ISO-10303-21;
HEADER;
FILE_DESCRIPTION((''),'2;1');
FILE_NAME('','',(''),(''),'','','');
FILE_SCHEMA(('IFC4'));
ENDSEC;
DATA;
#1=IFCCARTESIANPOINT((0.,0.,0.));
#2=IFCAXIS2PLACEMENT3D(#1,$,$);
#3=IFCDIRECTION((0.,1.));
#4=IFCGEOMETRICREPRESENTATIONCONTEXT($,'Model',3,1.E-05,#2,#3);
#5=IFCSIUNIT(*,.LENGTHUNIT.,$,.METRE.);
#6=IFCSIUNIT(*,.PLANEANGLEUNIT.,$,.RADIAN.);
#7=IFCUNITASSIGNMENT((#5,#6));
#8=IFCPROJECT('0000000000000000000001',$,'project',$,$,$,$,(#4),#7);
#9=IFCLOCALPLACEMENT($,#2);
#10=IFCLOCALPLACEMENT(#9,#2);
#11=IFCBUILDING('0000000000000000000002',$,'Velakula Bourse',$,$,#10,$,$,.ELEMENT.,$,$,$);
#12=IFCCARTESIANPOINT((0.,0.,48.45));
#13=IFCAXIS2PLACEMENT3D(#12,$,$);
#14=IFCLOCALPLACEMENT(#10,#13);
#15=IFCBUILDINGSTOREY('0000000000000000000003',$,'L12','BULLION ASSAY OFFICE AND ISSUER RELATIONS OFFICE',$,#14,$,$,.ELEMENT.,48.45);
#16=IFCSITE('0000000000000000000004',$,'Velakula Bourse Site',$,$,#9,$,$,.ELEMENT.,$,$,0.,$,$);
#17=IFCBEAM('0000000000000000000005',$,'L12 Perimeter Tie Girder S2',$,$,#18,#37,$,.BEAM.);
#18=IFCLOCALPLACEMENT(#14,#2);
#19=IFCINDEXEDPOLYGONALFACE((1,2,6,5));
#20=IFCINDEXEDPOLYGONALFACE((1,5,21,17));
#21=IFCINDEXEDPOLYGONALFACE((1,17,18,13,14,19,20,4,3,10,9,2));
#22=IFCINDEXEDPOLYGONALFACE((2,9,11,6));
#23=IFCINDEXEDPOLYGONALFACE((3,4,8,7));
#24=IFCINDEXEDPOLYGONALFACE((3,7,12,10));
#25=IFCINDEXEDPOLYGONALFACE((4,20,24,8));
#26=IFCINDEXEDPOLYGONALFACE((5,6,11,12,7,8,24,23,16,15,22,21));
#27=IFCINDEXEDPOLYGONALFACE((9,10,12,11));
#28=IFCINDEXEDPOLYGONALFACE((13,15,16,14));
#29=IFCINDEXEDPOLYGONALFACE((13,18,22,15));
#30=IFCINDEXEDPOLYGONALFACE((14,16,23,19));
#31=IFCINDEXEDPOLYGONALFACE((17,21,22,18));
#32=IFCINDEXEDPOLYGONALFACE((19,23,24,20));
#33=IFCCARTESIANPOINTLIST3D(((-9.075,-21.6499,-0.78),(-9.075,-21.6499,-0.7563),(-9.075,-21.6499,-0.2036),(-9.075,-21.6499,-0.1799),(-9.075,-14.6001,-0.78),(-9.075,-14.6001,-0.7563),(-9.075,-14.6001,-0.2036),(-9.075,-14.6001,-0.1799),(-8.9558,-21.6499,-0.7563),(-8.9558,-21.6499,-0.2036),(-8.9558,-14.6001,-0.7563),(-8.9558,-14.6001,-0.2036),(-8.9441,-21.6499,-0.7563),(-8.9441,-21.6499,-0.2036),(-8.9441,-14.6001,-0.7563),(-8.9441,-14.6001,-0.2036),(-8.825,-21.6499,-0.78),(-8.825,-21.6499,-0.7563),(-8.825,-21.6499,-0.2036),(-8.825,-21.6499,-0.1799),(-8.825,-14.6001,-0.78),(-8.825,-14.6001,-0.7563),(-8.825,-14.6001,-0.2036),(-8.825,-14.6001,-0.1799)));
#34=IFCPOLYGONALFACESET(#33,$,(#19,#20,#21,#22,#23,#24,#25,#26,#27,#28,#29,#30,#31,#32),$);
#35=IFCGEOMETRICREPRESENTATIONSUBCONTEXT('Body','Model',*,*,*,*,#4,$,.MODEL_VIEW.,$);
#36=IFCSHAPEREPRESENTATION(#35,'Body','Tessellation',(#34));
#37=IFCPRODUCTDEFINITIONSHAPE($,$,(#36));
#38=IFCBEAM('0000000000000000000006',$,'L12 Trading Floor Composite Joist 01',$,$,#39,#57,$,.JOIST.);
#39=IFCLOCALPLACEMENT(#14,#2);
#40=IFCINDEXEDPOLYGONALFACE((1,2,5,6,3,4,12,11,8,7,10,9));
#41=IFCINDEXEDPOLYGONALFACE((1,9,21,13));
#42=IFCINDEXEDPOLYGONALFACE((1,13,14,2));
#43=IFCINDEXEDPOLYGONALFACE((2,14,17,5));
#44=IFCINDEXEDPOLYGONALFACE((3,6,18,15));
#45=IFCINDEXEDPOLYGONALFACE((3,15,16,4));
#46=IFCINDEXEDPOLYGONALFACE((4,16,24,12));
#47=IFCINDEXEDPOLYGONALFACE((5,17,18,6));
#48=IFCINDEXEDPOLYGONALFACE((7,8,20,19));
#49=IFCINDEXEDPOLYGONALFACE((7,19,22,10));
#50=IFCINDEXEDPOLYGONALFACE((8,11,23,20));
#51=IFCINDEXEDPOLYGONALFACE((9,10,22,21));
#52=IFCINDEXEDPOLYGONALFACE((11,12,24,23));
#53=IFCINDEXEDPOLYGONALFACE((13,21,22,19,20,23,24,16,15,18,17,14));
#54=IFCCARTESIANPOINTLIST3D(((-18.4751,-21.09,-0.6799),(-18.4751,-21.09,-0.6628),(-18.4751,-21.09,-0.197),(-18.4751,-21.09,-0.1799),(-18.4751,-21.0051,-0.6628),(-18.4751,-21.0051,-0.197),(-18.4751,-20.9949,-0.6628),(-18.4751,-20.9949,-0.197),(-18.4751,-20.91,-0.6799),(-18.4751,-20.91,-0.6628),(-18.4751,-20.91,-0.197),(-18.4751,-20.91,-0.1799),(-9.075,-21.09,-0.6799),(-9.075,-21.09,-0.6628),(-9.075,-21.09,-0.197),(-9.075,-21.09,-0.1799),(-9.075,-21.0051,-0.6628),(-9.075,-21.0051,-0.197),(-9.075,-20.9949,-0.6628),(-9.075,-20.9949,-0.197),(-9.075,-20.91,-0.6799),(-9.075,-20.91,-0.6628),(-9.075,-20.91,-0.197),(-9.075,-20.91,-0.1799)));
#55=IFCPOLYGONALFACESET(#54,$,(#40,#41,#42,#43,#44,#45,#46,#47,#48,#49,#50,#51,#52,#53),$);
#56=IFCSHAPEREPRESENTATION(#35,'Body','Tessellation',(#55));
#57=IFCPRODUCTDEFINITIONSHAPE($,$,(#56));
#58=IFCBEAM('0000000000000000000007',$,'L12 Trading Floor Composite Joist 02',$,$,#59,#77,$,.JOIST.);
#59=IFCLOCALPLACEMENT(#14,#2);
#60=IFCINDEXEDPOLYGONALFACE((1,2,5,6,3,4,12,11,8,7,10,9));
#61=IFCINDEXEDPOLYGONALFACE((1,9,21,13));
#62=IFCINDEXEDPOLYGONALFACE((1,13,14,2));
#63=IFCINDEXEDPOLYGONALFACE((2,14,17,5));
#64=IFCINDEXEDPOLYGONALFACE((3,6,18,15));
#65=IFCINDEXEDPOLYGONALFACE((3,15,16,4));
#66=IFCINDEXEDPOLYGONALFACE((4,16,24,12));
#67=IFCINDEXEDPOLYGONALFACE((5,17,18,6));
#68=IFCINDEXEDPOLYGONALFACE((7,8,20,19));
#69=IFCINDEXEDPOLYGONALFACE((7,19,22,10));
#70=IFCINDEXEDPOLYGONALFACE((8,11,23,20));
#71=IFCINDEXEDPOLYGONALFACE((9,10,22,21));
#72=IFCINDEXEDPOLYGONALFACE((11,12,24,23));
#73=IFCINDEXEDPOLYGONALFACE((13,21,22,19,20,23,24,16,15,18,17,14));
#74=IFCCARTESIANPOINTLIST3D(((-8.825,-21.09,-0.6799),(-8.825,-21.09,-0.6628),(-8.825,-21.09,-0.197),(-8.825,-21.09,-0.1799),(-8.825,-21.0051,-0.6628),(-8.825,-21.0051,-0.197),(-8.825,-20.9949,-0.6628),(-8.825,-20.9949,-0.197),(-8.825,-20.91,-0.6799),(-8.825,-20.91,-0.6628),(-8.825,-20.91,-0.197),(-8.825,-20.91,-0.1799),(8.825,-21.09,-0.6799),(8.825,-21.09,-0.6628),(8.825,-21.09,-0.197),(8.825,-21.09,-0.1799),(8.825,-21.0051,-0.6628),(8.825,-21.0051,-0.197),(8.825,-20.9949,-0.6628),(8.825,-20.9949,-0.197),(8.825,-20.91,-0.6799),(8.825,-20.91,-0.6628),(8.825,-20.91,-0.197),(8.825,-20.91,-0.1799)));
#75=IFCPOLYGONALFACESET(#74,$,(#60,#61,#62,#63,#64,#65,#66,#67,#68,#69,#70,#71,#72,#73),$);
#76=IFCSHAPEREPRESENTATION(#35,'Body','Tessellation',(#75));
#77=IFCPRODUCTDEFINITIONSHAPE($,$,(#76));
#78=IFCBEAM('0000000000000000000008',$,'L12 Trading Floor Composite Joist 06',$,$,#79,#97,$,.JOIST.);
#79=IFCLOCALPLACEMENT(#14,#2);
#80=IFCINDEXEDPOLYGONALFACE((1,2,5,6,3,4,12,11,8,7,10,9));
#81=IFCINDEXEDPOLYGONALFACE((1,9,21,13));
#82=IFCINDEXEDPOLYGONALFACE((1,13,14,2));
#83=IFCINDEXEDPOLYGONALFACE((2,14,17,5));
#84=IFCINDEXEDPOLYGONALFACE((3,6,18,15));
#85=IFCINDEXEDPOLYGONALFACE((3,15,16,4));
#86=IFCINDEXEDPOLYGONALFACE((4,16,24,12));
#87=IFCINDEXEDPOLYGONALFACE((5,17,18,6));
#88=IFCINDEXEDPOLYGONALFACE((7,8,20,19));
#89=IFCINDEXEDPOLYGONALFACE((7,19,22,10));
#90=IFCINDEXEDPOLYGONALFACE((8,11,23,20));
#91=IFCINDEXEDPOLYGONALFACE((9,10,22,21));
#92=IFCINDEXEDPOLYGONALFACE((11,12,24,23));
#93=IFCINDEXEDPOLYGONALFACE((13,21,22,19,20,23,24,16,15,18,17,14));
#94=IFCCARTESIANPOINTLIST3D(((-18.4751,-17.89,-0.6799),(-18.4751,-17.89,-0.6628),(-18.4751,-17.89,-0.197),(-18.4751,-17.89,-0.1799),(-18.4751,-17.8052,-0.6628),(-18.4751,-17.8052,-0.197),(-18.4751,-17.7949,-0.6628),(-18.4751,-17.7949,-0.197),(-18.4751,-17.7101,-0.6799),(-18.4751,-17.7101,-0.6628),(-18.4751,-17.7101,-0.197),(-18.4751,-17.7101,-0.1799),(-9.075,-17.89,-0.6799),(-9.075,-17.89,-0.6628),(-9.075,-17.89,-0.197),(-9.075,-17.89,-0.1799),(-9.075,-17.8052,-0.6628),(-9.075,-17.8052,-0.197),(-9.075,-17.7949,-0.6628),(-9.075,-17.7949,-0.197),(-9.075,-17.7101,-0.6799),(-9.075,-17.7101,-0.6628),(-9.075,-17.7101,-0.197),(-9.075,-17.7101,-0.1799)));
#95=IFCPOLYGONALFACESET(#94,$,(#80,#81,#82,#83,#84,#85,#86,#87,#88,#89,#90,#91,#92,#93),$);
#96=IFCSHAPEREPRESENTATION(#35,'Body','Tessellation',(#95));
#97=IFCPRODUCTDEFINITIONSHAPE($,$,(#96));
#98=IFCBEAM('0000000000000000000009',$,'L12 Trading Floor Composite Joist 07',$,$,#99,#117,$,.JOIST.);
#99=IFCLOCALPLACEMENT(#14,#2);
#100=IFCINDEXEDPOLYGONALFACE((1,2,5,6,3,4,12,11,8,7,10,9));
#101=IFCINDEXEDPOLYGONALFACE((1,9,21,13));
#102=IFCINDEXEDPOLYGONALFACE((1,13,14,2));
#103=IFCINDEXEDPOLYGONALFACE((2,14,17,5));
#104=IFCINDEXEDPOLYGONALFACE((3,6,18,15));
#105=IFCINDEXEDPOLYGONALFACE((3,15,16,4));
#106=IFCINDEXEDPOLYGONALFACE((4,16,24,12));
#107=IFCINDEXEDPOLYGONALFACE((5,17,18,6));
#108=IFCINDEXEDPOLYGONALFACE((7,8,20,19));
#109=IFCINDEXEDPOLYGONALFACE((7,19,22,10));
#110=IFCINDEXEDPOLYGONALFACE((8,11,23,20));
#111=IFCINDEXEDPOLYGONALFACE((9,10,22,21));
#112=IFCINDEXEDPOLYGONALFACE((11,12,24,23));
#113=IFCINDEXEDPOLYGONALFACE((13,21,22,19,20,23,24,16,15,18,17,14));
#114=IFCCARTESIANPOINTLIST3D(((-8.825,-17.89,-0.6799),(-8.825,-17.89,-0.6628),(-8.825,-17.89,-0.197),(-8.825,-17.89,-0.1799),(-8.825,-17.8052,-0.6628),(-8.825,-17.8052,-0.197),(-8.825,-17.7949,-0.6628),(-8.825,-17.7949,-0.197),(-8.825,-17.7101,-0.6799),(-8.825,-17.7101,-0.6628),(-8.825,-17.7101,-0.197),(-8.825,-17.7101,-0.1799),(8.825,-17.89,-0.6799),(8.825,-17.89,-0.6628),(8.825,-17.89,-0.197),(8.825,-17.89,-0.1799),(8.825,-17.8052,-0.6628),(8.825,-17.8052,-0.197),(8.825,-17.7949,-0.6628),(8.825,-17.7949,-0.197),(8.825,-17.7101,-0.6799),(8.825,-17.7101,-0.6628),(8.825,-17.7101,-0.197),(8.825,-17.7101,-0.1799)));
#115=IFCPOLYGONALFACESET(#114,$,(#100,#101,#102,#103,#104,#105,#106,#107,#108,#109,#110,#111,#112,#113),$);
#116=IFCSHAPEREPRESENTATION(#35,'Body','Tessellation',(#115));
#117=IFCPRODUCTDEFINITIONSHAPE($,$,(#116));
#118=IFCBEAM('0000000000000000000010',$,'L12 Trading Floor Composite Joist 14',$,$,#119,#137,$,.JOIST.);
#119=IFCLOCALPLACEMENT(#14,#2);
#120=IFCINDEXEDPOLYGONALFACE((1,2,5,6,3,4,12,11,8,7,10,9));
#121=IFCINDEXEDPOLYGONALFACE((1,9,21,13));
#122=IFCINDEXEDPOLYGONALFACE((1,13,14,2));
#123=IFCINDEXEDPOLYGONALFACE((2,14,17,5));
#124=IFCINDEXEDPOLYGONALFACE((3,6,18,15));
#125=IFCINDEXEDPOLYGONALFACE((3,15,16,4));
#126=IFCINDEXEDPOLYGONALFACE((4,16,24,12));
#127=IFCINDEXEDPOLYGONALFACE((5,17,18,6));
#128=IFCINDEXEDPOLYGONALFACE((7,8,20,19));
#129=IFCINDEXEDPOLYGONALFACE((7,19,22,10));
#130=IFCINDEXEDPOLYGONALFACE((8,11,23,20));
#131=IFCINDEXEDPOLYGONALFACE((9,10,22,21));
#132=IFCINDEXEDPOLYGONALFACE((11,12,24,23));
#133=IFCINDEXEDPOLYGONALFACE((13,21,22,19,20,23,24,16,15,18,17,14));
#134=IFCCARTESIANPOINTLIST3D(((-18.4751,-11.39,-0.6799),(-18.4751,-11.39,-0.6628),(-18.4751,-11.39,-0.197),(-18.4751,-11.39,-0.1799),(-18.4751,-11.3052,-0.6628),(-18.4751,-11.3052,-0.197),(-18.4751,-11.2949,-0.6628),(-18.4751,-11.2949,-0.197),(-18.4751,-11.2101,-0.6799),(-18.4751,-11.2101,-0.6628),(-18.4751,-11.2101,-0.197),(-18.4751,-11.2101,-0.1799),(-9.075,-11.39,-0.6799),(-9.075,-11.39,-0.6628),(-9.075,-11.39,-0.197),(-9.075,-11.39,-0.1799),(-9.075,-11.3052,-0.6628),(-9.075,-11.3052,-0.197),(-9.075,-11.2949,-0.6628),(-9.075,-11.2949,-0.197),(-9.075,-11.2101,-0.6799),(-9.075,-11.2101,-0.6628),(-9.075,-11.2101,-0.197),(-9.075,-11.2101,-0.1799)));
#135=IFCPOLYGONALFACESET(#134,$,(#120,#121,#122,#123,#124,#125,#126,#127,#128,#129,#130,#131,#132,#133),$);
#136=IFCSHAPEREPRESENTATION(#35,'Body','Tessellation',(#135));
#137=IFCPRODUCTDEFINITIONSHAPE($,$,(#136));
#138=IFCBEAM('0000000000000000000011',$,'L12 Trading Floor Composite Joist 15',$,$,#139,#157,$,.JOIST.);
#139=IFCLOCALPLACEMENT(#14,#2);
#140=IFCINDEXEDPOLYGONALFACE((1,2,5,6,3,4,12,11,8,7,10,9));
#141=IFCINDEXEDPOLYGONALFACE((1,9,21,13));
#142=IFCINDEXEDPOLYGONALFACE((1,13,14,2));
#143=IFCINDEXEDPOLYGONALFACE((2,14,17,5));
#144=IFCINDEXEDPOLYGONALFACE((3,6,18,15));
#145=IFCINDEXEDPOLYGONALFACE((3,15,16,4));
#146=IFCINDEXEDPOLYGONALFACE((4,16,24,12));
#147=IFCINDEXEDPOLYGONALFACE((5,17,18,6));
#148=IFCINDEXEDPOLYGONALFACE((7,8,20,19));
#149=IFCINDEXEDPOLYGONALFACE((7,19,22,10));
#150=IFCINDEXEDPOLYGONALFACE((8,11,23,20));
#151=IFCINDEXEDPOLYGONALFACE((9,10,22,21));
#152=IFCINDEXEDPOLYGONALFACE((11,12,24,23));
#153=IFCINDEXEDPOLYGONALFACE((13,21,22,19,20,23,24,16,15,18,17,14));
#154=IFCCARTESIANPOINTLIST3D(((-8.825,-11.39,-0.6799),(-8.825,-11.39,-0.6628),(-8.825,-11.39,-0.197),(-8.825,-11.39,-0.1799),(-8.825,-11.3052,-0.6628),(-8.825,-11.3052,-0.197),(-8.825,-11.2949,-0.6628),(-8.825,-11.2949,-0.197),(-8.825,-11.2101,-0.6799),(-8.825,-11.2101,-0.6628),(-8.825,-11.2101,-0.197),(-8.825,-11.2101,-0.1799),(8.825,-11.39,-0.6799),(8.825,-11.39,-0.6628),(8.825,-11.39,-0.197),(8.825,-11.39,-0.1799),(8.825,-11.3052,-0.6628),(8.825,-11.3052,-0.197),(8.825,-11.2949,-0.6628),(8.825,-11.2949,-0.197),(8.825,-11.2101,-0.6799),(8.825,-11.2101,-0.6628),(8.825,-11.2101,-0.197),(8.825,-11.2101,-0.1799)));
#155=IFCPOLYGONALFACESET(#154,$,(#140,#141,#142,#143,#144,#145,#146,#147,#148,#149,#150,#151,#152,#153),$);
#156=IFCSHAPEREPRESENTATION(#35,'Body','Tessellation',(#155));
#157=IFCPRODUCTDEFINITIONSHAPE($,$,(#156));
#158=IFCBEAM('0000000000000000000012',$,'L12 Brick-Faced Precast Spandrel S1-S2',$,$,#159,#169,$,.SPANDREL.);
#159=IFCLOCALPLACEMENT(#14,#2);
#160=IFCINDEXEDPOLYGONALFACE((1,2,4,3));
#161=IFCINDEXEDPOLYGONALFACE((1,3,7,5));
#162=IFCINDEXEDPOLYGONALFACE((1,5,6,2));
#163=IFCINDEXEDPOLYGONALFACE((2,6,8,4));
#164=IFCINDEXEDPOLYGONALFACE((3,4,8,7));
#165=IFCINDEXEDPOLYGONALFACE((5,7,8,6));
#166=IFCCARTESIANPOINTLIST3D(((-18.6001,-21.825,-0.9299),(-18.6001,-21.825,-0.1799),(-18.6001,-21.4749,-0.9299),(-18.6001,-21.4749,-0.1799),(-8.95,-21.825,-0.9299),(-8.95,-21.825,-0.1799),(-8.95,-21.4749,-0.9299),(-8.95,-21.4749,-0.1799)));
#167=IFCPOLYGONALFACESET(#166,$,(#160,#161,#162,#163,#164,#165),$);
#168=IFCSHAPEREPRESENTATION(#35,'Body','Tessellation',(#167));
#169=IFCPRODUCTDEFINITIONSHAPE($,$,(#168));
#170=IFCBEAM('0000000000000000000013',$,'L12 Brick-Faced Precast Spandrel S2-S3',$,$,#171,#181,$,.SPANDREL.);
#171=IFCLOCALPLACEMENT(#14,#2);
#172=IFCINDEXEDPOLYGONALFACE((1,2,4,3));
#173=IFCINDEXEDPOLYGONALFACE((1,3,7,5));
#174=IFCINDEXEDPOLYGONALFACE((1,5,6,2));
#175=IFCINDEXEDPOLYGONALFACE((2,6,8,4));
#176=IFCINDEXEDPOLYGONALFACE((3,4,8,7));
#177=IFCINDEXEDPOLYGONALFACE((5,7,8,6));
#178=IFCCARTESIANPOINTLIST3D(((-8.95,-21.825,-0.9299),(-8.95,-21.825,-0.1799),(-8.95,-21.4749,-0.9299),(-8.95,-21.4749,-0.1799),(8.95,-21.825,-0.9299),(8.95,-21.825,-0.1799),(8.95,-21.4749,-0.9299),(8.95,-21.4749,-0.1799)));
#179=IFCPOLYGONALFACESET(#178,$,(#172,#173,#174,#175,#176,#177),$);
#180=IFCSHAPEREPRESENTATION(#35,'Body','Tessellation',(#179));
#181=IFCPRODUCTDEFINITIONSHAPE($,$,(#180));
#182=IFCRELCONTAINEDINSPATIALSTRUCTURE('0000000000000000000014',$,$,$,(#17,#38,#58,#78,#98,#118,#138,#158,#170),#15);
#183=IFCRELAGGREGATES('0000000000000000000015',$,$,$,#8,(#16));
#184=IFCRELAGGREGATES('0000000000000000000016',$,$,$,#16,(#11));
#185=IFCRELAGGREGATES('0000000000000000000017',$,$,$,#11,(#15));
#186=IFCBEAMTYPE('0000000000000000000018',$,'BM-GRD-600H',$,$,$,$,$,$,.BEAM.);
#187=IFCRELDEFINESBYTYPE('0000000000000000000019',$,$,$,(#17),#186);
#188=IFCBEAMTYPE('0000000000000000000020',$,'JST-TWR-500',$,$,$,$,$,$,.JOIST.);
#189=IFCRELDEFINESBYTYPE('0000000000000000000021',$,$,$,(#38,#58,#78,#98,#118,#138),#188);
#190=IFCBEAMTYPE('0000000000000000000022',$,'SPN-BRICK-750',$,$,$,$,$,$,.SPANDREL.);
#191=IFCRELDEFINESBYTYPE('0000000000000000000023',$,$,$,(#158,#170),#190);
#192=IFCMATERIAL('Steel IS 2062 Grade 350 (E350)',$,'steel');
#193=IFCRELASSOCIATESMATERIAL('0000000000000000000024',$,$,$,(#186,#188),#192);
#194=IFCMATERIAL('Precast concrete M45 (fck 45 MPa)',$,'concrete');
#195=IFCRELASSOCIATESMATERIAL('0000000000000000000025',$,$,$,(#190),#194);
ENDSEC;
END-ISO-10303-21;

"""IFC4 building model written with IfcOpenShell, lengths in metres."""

from ifc_helpers import new_model, si_unit, direction, frame, origin, origin_2d, place, context, subcontext, project, spatial, rectangle, i_section, extrude, material, material_profile, profile_set, type_object, element, save


model = new_model("IFC4")

# Units and contexts
model_context = context("Model", 3, precision=1e-05, world=origin(), true_north=direction((0.0, 1.0)))
body_context = subcontext(model_context, "Body", "Model", "MODEL_VIEW")
ifc_project = project(units=[si_unit("LENGTHUNIT", "METRE"), si_unit("PLANEANGLEUNIT", "RADIAN")], contexts=[model_context])

# Site, building, storey
site_placement = place(None, origin())
site = spatial("IfcSite", under=ifc_project, at=site_placement, Name="Velakula Bourse Site", CompositionType="ELEMENT", RefElevation=0.0)
building_placement = place(site_placement, origin())
building = spatial("IfcBuilding", under=site, at=building_placement, Name="Velakula Bourse", CompositionType="ELEMENT")
storey_placement = place(building_placement, frame((0.0, 0.0, 48.45)))
storey = spatial("IfcBuildingStorey", under=building, at=storey_placement, Name="L12", Description="BULLION ASSAY OFFICE AND ISSUER RELATIONS OFFICE", CompositionType="ELEMENT", Elevation=48.45)

# Beams
ifc_material_1 = material(Name="Steel IS 2062 Grade 350 (E350)", Category="steel")
ifc_material_profile_1 = material_profile(ifc_material_1, i_section(OverallWidth=0.25, OverallDepth=0.6001, WebThickness=0.0117, FlangeThickness=0.0237, at=origin_2d()), Name="Steel IS 2062 Grade 350 (E350)")
ifc_profile_set_1 = profile_set([ifc_material_profile_1], Name="Steel IS 2062 Grade 350 (E350)")
beam_type_1 = type_object("IfcBeamType", Name="BM-GRD-600H", PredefinedType="BEAM", material=ifc_profile_set_1)
for number, where, z_axis, x_axis, name in (
    (1, (-8.95, -14.6001, -0.48), (0.0, -1.0, 0.0), (1.0, 0.0, 0.0), "L12 Perimeter Tie Girder S2"),
):
    element("IfcBeam", number, at=place(storey_placement, frame(where, z_axis=z_axis, x_axis=x_axis)), inside=storey, type_object=beam_type_1, Name=name, PredefinedType="BEAM", context=body_context, shape_type="SweptSolid", body=[
        extrude(i_section(OverallWidth=0.25, OverallDepth=0.6001, WebThickness=0.0117, FlangeThickness=0.0237, at=origin_2d()), origin(), (0.0, 0.0, 1.0), 7.0498),
    ])
ifc_material_profile_2 = material_profile(ifc_material_1, i_section(OverallWidth=0.1799, OverallDepth=0.5, WebThickness=0.0103, FlangeThickness=0.0171, at=origin_2d()), Name="Steel IS 2062 Grade 350 (E350)")
ifc_profile_set_2 = profile_set([ifc_material_profile_2], Name="Steel IS 2062 Grade 350 (E350)")
beam_type_2 = type_object("IfcBeamType", Name="JST-TWR-500", PredefinedType="JOIST", material=ifc_profile_set_2)
beam_1_placement = place(storey_placement, frame((-18.4751, -21.0, -0.4299), z_axis=(1.0, 0.0, 0.0), x_axis=(0.0, 1.0, 0.0)))
element("IfcBeam", 2, at=beam_1_placement, inside=storey, type_object=beam_type_2, Name="L12 Trading Floor Composite Joist 01", PredefinedType="JOIST", context=body_context, shape_type="SweptSolid", body=[
    extrude(i_section(OverallWidth=0.1799, OverallDepth=0.5, WebThickness=0.0103, FlangeThickness=0.0171, at=origin_2d()), origin(), (0.0, 0.0, 1.0), 9.4001),
])
beam_2_placement = place(storey_placement, frame((-8.825, -21.0, -0.4299), z_axis=(1.0, 0.0, 0.0), x_axis=(0.0, 1.0, 0.0)))
element("IfcBeam", 3, at=beam_2_placement, inside=storey, type_object=beam_type_2, Name="L12 Trading Floor Composite Joist 02", PredefinedType="JOIST", context=body_context, shape_type="SweptSolid", body=[
    extrude(i_section(OverallWidth=0.1799, OverallDepth=0.5, WebThickness=0.0103, FlangeThickness=0.0171, at=origin_2d()), origin(), (0.0, 0.0, 1.0), 17.6499),
])
beam_3_placement = place(storey_placement, frame((-18.4751, -17.8, -0.4299), z_axis=(1.0, 0.0, 0.0), x_axis=(0.0, 1.0, 0.0)))
element("IfcBeam", 4, at=beam_3_placement, inside=storey, type_object=beam_type_2, Name="L12 Trading Floor Composite Joist 06", PredefinedType="JOIST", context=body_context, shape_type="SweptSolid", body=[
    extrude(i_section(OverallWidth=0.1799, OverallDepth=0.5, WebThickness=0.0103, FlangeThickness=0.0171, at=origin_2d()), origin(), (0.0, 0.0, 1.0), 9.4001),
])
beam_4_placement = place(storey_placement, frame((-8.825, -17.8, -0.4299), z_axis=(1.0, 0.0, 0.0), x_axis=(0.0, 1.0, 0.0)))
element("IfcBeam", 5, at=beam_4_placement, inside=storey, type_object=beam_type_2, Name="L12 Trading Floor Composite Joist 07", PredefinedType="JOIST", context=body_context, shape_type="SweptSolid", body=[
    extrude(i_section(OverallWidth=0.1799, OverallDepth=0.5, WebThickness=0.0103, FlangeThickness=0.0171, at=origin_2d()), origin(), (0.0, 0.0, 1.0), 17.6499),
])
beam_5_placement = place(storey_placement, frame((-18.4751, -11.3, -0.4299), z_axis=(1.0, 0.0, 0.0), x_axis=(0.0, 1.0, 0.0)))
element("IfcBeam", 6, at=beam_5_placement, inside=storey, type_object=beam_type_2, Name="L12 Trading Floor Composite Joist 14", PredefinedType="JOIST", context=body_context, shape_type="SweptSolid", body=[
    extrude(i_section(OverallWidth=0.1799, OverallDepth=0.5, WebThickness=0.0103, FlangeThickness=0.0171, at=origin_2d()), origin(), (0.0, 0.0, 1.0), 9.4001),
])
beam_6_placement = place(storey_placement, frame((-8.825, -11.3, -0.4299), z_axis=(1.0, 0.0, 0.0), x_axis=(0.0, 1.0, 0.0)))
element("IfcBeam", 7, at=beam_6_placement, inside=storey, type_object=beam_type_2, Name="L12 Trading Floor Composite Joist 15", PredefinedType="JOIST", context=body_context, shape_type="SweptSolid", body=[
    extrude(i_section(OverallWidth=0.1799, OverallDepth=0.5, WebThickness=0.0103, FlangeThickness=0.0171, at=origin_2d()), origin(), (0.0, 0.0, 1.0), 17.6499),
])
ifc_material_2 = material(Name="Precast concrete M45 (fck 45 MPa)", Category="concrete")
ifc_material_profile_3 = material_profile(ifc_material_2, rectangle(XDim=0.3501, YDim=0.75, at=origin_2d()), Name="Precast concrete M45 (fck 45 MPa)")
ifc_profile_set_3 = profile_set([ifc_material_profile_3], Name="Precast concrete M45 (fck 45 MPa)")
beam_type_3 = type_object("IfcBeamType", Name="SPN-BRICK-750", PredefinedType="SPANDREL", material=ifc_profile_set_3)
beam_7_placement = place(storey_placement, frame((-18.6001, -21.6499, -0.5549), z_axis=(1.0, 0.0, 0.0), x_axis=(0.0, 1.0, 0.0)))
element("IfcBeam", 8, at=beam_7_placement, inside=storey, type_object=beam_type_3, Name="L12 Brick-Faced Precast Spandrel S1-S2", PredefinedType="SPANDREL", context=body_context, shape_type="SweptSolid", body=[
    extrude(rectangle(XDim=0.3501, YDim=0.75, at=origin_2d()), origin(), (0.0, 0.0, 1.0), 9.6501),
])
beam_8_placement = place(storey_placement, frame((-8.95, -21.6499, -0.5549), z_axis=(1.0, 0.0, 0.0), x_axis=(0.0, 1.0, 0.0)))
element("IfcBeam", 9, at=beam_8_placement, inside=storey, type_object=beam_type_3, Name="L12 Brick-Faced Precast Spandrel S2-S3", PredefinedType="SPANDREL", context=body_context, shape_type="SweptSolid", body=[
    extrude(rectangle(XDim=0.3501, YDim=0.75, at=origin_2d()), origin(), (0.0, 0.0, 1.0), 17.8999),
])

save(model, "model.ifc")
